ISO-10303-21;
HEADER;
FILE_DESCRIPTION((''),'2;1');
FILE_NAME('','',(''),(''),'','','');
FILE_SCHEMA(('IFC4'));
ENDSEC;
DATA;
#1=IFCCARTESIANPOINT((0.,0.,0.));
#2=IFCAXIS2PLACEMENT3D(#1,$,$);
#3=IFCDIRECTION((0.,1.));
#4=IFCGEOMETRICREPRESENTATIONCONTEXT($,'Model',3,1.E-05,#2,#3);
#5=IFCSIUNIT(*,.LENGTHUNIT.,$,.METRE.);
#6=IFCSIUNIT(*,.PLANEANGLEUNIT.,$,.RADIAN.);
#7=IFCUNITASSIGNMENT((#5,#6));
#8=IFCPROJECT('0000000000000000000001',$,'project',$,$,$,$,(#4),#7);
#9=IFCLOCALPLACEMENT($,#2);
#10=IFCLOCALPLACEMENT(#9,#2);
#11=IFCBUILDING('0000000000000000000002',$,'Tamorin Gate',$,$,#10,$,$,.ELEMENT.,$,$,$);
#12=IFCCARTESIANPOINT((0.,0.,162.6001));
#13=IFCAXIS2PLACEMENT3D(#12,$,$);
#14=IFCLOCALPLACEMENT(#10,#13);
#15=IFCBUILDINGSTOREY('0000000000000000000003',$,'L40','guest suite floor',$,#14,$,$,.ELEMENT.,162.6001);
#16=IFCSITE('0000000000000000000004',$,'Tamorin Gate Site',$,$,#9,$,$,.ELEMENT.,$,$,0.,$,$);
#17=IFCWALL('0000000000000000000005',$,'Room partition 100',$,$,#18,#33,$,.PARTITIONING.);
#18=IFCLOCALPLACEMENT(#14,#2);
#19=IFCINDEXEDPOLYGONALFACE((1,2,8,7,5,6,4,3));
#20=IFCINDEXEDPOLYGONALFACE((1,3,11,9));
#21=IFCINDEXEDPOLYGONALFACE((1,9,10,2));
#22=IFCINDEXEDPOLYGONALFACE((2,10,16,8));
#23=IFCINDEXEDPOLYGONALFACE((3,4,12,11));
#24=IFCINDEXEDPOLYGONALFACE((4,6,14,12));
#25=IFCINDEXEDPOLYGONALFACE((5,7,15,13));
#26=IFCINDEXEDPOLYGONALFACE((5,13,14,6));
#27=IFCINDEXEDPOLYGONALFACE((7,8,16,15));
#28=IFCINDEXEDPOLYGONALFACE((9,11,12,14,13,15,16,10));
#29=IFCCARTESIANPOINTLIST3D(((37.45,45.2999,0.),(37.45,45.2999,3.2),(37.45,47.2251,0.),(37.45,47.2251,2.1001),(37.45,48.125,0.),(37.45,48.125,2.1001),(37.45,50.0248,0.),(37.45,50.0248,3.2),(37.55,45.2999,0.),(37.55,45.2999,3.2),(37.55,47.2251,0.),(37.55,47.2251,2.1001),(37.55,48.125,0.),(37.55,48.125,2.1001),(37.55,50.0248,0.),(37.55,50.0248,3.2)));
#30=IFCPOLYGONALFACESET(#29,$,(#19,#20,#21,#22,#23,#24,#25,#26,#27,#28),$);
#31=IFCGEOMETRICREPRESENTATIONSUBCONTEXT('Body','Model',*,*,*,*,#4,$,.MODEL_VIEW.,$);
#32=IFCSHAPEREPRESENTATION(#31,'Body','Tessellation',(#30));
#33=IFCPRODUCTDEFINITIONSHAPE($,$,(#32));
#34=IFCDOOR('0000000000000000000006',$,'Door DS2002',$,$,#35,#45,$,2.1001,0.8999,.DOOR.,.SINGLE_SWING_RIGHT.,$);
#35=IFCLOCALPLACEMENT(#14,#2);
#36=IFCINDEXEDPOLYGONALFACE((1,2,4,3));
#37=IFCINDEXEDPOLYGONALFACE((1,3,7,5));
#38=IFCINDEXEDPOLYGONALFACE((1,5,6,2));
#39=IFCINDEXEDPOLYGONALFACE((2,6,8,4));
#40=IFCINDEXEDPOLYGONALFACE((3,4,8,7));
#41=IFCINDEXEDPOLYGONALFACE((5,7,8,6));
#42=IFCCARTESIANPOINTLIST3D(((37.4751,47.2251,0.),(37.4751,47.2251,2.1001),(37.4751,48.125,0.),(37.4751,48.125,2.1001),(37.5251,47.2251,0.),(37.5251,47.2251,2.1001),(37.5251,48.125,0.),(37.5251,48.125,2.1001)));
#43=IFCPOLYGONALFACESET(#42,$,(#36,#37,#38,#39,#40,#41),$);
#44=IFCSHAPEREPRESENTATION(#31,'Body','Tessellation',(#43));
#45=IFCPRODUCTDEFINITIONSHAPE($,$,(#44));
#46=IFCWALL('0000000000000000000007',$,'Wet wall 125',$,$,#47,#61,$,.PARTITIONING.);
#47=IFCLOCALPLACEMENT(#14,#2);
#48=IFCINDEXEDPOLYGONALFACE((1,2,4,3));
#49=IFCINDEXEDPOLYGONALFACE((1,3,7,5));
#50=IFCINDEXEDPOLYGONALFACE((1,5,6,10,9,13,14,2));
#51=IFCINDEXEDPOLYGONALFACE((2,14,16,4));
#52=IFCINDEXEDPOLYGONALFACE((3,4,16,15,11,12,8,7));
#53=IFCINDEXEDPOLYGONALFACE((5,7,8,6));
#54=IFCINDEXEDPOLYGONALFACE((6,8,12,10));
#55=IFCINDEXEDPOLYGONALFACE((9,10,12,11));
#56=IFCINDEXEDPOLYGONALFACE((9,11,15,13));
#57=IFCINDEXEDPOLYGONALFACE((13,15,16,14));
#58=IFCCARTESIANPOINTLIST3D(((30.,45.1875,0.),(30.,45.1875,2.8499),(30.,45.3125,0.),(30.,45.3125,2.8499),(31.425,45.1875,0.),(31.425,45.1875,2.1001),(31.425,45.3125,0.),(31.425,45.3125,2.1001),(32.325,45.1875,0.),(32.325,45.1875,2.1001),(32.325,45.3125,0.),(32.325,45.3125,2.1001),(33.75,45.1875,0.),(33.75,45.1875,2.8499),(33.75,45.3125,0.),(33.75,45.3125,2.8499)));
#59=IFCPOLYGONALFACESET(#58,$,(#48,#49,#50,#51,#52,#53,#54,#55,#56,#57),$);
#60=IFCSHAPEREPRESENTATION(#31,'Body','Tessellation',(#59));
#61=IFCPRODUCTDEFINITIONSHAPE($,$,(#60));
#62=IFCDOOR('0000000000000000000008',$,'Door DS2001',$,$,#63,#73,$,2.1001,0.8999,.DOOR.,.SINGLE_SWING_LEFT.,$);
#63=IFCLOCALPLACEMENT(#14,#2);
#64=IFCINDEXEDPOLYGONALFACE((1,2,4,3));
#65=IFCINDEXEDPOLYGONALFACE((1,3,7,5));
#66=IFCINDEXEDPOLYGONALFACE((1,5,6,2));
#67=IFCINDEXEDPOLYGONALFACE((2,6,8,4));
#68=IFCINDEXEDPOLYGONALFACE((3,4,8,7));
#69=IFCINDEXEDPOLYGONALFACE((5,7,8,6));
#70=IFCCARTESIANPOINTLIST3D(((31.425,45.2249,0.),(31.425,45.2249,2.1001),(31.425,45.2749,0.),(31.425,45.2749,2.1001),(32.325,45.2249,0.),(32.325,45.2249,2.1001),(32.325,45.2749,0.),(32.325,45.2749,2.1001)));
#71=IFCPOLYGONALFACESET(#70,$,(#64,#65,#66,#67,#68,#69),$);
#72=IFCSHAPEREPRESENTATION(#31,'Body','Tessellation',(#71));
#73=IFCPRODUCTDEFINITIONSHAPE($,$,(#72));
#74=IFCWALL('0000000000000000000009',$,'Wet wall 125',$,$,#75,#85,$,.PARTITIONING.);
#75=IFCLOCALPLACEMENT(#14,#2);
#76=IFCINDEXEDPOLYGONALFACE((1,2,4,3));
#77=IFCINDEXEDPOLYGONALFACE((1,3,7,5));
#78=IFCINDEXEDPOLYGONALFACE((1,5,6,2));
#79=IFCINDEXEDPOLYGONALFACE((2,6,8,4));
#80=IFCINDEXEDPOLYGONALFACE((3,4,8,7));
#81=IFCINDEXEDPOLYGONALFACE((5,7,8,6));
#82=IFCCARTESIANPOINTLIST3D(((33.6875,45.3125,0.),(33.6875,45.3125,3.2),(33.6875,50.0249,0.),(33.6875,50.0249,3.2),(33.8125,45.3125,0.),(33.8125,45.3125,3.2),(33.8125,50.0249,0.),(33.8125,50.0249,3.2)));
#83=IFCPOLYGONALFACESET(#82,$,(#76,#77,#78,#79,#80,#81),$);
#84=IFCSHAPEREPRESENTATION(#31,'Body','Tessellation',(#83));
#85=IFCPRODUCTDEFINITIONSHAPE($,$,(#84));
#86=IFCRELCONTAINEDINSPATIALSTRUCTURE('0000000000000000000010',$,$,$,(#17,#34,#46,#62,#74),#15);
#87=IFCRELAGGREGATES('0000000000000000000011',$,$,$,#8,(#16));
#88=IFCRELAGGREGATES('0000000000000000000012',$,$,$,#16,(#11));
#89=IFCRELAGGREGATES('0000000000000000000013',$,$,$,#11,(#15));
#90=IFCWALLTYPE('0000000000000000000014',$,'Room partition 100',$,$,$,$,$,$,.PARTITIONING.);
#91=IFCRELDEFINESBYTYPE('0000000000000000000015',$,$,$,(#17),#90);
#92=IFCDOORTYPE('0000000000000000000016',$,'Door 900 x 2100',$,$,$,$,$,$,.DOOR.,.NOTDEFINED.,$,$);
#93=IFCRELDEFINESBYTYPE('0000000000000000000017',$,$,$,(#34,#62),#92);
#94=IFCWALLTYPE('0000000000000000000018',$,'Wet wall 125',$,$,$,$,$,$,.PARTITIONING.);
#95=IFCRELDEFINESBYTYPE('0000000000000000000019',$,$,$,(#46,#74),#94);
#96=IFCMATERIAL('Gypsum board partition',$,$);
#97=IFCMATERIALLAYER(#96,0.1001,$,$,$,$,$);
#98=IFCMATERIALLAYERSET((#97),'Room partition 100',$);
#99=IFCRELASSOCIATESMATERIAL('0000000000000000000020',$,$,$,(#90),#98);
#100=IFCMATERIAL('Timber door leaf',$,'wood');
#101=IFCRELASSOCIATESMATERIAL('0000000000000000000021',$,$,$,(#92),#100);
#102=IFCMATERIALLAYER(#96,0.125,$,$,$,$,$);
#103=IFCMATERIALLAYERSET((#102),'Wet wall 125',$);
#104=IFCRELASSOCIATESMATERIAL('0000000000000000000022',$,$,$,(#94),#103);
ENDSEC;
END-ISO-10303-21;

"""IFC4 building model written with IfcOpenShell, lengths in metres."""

from ifc_helpers import new_model, si_unit, direction, frame, frame_2d, origin, place, context, subcontext, project, spatial, rectangle, extrude, material, layer, layer_set, type_object, element, fill, save


model = new_model("IFC4")

# Units and contexts
model_context = context("Model", 3, precision=1e-05, world=origin(), true_north=direction((0.0, 1.0)))
body_context = subcontext(model_context, "Body", "Model", "MODEL_VIEW")
ifc_project = project(units=[si_unit("LENGTHUNIT", "METRE"), si_unit("PLANEANGLEUNIT", "RADIAN")], contexts=[model_context])

# Site, building, storey
site_placement = place(None, origin())
site = spatial("IfcSite", under=ifc_project, at=site_placement, Name="Tamorin Gate Site", CompositionType="ELEMENT", RefElevation=0.0)
building_placement = place(site_placement, origin())
building = spatial("IfcBuilding", under=site, at=building_placement, Name="Tamorin Gate", CompositionType="ELEMENT")
storey_placement = place(building_placement, frame((0.0, 0.0, 162.6001)))
storey = spatial("IfcBuildingStorey", under=building, at=storey_placement, Name="L40", Description="guest suite floor", CompositionType="ELEMENT", Elevation=162.6001)

# Shared definitions
ifc_material_1 = material(Name="Gypsum board partition")
ifc_material_2 = material(Name="Timber door leaf", Category="wood")

# Walls, openings, doors
ifc_layer_1 = layer(ifc_material_1, 0.1001)
ifc_layer_set_1 = layer_set([ifc_layer_1], Name="Room partition 100")
wall_type_1 = type_object("IfcWallType", Name="Room partition 100", PredefinedType="PARTITIONING", material=ifc_layer_set_1)
door_type_1 = type_object("IfcDoorType", Name="Door 900 x 2100", OperationType="NOTDEFINED", PredefinedType="DOOR", material=ifc_material_2)
wall_1_placement = place(storey_placement, frame((37.5, 45.3, 0.0), z_axis=(0.0, 0.0, 1.0), x_axis=(0.0, 1.0, 0.0)))
wall_1 = element("IfcWall", 1, at=wall_1_placement, inside=storey, type_object=wall_type_1, Name="Room partition 100", PredefinedType="PARTITIONING", context=body_context, shape_type="SweptSolid", body=[
    extrude(rectangle(XDim=4.7249, YDim=0.1001, at=frame_2d((2.3623, 0.0))), origin(), (0.0, 0.0, 1.0), 3.2),
])
opening_1_placement = place(wall_1_placement, frame((1.925, 0.0, 0.0)))
opening_1 = element("IfcOpeningElement", 2, at=opening_1_placement, cuts=wall_1, PredefinedType="OPENING", context=body_context, shape_type="SweptSolid", body=[
    extrude(rectangle(XDim=0.8999, YDim=2.1001, at=frame_2d((0.45, 1.05))), frame((0.0, 0.0601, 0.0), z_axis=(0.0, -1.0, 0.0), x_axis=(1.0, 0.0, 0.0)), (0.0, 0.0, 1.0), 0.1201),
])
door_1_placement = place(opening_1_placement, origin())
door_1 = element("IfcDoor", 3, at=door_1_placement, inside=storey, type_object=door_type_1, Name="Door DS2002", OperationType="SINGLE_SWING_RIGHT", OverallHeight=2.1001, OverallWidth=0.8999, PredefinedType="DOOR", context=body_context, shape_type="SweptSolid", body=[
    extrude(rectangle(XDim=0.8999, YDim=2.1001, at=frame_2d((0.45, 1.05))), frame((0.0, 0.0249, 0.0), z_axis=(0.0, -1.0, 0.0), x_axis=(1.0, 0.0, 0.0)), (0.0, 0.0, 1.0), 0.05),
])
fill(opening_1, door_1)
ifc_layer_2 = layer(ifc_material_1, 0.125)
ifc_layer_set_2 = layer_set([ifc_layer_2], Name="Wet wall 125")
wall_type_2 = type_object("IfcWallType", Name="Wet wall 125", PredefinedType="PARTITIONING", material=ifc_layer_set_2)
wall_2_placement = place(storey_placement, frame((30.0, 45.25, 0.0), z_axis=(0.0, 0.0, 1.0), x_axis=(1.0, 0.0, 0.0)))
wall_2 = element("IfcWall", 4, at=wall_2_placement, inside=storey, type_object=wall_type_2, Name="Wet wall 125", PredefinedType="PARTITIONING", context=body_context, shape_type="SweptSolid", body=[
    extrude(rectangle(XDim=3.75, YDim=0.125, at=frame_2d((1.875, 0.0))), origin(), (0.0, 0.0, 1.0), 2.8499),
])
opening_2_placement = place(wall_2_placement, frame((1.425, 0.0, 0.0)))
opening_2 = element("IfcOpeningElement", 5, at=opening_2_placement, cuts=wall_2, PredefinedType="OPENING", context=body_context, shape_type="SweptSolid", body=[
    extrude(rectangle(XDim=0.8999, YDim=2.1001, at=frame_2d((0.45, 1.05))), frame((0.0, 0.0725, 0.0), z_axis=(0.0, -1.0, 0.0), x_axis=(1.0, 0.0, 0.0)), (0.0, 0.0, 1.0), 0.145),
])
door_2_placement = place(opening_2_placement, origin())
door_2 = element("IfcDoor", 6, at=door_2_placement, inside=storey, type_object=door_type_1, Name="Door DS2001", OperationType="SINGLE_SWING_LEFT", OverallHeight=2.1001, OverallWidth=0.8999, PredefinedType="DOOR", context=body_context, shape_type="SweptSolid", body=[
    extrude(rectangle(XDim=0.8999, YDim=2.1001, at=frame_2d((0.45, 1.05))), frame((0.0, 0.0249, 0.0), z_axis=(0.0, -1.0, 0.0), x_axis=(1.0, 0.0, 0.0)), (0.0, 0.0, 1.0), 0.05),
])
fill(opening_2, door_2)

# Wall
wall_3_placement = place(storey_placement, frame((33.75, 45.3125, 0.0), z_axis=(0.0, 0.0, 1.0), x_axis=(0.0, 1.0, 0.0)))
element("IfcWall", 7, at=wall_3_placement, inside=storey, type_object=wall_type_2, Name="Wet wall 125", PredefinedType="PARTITIONING", context=body_context, shape_type="SweptSolid", body=[
    extrude(rectangle(XDim=4.7124, YDim=0.125, at=frame_2d((2.3562, 0.0))), origin(), (0.0, 0.0, 1.0), 3.2),
])

save(model, "model.ifc")
